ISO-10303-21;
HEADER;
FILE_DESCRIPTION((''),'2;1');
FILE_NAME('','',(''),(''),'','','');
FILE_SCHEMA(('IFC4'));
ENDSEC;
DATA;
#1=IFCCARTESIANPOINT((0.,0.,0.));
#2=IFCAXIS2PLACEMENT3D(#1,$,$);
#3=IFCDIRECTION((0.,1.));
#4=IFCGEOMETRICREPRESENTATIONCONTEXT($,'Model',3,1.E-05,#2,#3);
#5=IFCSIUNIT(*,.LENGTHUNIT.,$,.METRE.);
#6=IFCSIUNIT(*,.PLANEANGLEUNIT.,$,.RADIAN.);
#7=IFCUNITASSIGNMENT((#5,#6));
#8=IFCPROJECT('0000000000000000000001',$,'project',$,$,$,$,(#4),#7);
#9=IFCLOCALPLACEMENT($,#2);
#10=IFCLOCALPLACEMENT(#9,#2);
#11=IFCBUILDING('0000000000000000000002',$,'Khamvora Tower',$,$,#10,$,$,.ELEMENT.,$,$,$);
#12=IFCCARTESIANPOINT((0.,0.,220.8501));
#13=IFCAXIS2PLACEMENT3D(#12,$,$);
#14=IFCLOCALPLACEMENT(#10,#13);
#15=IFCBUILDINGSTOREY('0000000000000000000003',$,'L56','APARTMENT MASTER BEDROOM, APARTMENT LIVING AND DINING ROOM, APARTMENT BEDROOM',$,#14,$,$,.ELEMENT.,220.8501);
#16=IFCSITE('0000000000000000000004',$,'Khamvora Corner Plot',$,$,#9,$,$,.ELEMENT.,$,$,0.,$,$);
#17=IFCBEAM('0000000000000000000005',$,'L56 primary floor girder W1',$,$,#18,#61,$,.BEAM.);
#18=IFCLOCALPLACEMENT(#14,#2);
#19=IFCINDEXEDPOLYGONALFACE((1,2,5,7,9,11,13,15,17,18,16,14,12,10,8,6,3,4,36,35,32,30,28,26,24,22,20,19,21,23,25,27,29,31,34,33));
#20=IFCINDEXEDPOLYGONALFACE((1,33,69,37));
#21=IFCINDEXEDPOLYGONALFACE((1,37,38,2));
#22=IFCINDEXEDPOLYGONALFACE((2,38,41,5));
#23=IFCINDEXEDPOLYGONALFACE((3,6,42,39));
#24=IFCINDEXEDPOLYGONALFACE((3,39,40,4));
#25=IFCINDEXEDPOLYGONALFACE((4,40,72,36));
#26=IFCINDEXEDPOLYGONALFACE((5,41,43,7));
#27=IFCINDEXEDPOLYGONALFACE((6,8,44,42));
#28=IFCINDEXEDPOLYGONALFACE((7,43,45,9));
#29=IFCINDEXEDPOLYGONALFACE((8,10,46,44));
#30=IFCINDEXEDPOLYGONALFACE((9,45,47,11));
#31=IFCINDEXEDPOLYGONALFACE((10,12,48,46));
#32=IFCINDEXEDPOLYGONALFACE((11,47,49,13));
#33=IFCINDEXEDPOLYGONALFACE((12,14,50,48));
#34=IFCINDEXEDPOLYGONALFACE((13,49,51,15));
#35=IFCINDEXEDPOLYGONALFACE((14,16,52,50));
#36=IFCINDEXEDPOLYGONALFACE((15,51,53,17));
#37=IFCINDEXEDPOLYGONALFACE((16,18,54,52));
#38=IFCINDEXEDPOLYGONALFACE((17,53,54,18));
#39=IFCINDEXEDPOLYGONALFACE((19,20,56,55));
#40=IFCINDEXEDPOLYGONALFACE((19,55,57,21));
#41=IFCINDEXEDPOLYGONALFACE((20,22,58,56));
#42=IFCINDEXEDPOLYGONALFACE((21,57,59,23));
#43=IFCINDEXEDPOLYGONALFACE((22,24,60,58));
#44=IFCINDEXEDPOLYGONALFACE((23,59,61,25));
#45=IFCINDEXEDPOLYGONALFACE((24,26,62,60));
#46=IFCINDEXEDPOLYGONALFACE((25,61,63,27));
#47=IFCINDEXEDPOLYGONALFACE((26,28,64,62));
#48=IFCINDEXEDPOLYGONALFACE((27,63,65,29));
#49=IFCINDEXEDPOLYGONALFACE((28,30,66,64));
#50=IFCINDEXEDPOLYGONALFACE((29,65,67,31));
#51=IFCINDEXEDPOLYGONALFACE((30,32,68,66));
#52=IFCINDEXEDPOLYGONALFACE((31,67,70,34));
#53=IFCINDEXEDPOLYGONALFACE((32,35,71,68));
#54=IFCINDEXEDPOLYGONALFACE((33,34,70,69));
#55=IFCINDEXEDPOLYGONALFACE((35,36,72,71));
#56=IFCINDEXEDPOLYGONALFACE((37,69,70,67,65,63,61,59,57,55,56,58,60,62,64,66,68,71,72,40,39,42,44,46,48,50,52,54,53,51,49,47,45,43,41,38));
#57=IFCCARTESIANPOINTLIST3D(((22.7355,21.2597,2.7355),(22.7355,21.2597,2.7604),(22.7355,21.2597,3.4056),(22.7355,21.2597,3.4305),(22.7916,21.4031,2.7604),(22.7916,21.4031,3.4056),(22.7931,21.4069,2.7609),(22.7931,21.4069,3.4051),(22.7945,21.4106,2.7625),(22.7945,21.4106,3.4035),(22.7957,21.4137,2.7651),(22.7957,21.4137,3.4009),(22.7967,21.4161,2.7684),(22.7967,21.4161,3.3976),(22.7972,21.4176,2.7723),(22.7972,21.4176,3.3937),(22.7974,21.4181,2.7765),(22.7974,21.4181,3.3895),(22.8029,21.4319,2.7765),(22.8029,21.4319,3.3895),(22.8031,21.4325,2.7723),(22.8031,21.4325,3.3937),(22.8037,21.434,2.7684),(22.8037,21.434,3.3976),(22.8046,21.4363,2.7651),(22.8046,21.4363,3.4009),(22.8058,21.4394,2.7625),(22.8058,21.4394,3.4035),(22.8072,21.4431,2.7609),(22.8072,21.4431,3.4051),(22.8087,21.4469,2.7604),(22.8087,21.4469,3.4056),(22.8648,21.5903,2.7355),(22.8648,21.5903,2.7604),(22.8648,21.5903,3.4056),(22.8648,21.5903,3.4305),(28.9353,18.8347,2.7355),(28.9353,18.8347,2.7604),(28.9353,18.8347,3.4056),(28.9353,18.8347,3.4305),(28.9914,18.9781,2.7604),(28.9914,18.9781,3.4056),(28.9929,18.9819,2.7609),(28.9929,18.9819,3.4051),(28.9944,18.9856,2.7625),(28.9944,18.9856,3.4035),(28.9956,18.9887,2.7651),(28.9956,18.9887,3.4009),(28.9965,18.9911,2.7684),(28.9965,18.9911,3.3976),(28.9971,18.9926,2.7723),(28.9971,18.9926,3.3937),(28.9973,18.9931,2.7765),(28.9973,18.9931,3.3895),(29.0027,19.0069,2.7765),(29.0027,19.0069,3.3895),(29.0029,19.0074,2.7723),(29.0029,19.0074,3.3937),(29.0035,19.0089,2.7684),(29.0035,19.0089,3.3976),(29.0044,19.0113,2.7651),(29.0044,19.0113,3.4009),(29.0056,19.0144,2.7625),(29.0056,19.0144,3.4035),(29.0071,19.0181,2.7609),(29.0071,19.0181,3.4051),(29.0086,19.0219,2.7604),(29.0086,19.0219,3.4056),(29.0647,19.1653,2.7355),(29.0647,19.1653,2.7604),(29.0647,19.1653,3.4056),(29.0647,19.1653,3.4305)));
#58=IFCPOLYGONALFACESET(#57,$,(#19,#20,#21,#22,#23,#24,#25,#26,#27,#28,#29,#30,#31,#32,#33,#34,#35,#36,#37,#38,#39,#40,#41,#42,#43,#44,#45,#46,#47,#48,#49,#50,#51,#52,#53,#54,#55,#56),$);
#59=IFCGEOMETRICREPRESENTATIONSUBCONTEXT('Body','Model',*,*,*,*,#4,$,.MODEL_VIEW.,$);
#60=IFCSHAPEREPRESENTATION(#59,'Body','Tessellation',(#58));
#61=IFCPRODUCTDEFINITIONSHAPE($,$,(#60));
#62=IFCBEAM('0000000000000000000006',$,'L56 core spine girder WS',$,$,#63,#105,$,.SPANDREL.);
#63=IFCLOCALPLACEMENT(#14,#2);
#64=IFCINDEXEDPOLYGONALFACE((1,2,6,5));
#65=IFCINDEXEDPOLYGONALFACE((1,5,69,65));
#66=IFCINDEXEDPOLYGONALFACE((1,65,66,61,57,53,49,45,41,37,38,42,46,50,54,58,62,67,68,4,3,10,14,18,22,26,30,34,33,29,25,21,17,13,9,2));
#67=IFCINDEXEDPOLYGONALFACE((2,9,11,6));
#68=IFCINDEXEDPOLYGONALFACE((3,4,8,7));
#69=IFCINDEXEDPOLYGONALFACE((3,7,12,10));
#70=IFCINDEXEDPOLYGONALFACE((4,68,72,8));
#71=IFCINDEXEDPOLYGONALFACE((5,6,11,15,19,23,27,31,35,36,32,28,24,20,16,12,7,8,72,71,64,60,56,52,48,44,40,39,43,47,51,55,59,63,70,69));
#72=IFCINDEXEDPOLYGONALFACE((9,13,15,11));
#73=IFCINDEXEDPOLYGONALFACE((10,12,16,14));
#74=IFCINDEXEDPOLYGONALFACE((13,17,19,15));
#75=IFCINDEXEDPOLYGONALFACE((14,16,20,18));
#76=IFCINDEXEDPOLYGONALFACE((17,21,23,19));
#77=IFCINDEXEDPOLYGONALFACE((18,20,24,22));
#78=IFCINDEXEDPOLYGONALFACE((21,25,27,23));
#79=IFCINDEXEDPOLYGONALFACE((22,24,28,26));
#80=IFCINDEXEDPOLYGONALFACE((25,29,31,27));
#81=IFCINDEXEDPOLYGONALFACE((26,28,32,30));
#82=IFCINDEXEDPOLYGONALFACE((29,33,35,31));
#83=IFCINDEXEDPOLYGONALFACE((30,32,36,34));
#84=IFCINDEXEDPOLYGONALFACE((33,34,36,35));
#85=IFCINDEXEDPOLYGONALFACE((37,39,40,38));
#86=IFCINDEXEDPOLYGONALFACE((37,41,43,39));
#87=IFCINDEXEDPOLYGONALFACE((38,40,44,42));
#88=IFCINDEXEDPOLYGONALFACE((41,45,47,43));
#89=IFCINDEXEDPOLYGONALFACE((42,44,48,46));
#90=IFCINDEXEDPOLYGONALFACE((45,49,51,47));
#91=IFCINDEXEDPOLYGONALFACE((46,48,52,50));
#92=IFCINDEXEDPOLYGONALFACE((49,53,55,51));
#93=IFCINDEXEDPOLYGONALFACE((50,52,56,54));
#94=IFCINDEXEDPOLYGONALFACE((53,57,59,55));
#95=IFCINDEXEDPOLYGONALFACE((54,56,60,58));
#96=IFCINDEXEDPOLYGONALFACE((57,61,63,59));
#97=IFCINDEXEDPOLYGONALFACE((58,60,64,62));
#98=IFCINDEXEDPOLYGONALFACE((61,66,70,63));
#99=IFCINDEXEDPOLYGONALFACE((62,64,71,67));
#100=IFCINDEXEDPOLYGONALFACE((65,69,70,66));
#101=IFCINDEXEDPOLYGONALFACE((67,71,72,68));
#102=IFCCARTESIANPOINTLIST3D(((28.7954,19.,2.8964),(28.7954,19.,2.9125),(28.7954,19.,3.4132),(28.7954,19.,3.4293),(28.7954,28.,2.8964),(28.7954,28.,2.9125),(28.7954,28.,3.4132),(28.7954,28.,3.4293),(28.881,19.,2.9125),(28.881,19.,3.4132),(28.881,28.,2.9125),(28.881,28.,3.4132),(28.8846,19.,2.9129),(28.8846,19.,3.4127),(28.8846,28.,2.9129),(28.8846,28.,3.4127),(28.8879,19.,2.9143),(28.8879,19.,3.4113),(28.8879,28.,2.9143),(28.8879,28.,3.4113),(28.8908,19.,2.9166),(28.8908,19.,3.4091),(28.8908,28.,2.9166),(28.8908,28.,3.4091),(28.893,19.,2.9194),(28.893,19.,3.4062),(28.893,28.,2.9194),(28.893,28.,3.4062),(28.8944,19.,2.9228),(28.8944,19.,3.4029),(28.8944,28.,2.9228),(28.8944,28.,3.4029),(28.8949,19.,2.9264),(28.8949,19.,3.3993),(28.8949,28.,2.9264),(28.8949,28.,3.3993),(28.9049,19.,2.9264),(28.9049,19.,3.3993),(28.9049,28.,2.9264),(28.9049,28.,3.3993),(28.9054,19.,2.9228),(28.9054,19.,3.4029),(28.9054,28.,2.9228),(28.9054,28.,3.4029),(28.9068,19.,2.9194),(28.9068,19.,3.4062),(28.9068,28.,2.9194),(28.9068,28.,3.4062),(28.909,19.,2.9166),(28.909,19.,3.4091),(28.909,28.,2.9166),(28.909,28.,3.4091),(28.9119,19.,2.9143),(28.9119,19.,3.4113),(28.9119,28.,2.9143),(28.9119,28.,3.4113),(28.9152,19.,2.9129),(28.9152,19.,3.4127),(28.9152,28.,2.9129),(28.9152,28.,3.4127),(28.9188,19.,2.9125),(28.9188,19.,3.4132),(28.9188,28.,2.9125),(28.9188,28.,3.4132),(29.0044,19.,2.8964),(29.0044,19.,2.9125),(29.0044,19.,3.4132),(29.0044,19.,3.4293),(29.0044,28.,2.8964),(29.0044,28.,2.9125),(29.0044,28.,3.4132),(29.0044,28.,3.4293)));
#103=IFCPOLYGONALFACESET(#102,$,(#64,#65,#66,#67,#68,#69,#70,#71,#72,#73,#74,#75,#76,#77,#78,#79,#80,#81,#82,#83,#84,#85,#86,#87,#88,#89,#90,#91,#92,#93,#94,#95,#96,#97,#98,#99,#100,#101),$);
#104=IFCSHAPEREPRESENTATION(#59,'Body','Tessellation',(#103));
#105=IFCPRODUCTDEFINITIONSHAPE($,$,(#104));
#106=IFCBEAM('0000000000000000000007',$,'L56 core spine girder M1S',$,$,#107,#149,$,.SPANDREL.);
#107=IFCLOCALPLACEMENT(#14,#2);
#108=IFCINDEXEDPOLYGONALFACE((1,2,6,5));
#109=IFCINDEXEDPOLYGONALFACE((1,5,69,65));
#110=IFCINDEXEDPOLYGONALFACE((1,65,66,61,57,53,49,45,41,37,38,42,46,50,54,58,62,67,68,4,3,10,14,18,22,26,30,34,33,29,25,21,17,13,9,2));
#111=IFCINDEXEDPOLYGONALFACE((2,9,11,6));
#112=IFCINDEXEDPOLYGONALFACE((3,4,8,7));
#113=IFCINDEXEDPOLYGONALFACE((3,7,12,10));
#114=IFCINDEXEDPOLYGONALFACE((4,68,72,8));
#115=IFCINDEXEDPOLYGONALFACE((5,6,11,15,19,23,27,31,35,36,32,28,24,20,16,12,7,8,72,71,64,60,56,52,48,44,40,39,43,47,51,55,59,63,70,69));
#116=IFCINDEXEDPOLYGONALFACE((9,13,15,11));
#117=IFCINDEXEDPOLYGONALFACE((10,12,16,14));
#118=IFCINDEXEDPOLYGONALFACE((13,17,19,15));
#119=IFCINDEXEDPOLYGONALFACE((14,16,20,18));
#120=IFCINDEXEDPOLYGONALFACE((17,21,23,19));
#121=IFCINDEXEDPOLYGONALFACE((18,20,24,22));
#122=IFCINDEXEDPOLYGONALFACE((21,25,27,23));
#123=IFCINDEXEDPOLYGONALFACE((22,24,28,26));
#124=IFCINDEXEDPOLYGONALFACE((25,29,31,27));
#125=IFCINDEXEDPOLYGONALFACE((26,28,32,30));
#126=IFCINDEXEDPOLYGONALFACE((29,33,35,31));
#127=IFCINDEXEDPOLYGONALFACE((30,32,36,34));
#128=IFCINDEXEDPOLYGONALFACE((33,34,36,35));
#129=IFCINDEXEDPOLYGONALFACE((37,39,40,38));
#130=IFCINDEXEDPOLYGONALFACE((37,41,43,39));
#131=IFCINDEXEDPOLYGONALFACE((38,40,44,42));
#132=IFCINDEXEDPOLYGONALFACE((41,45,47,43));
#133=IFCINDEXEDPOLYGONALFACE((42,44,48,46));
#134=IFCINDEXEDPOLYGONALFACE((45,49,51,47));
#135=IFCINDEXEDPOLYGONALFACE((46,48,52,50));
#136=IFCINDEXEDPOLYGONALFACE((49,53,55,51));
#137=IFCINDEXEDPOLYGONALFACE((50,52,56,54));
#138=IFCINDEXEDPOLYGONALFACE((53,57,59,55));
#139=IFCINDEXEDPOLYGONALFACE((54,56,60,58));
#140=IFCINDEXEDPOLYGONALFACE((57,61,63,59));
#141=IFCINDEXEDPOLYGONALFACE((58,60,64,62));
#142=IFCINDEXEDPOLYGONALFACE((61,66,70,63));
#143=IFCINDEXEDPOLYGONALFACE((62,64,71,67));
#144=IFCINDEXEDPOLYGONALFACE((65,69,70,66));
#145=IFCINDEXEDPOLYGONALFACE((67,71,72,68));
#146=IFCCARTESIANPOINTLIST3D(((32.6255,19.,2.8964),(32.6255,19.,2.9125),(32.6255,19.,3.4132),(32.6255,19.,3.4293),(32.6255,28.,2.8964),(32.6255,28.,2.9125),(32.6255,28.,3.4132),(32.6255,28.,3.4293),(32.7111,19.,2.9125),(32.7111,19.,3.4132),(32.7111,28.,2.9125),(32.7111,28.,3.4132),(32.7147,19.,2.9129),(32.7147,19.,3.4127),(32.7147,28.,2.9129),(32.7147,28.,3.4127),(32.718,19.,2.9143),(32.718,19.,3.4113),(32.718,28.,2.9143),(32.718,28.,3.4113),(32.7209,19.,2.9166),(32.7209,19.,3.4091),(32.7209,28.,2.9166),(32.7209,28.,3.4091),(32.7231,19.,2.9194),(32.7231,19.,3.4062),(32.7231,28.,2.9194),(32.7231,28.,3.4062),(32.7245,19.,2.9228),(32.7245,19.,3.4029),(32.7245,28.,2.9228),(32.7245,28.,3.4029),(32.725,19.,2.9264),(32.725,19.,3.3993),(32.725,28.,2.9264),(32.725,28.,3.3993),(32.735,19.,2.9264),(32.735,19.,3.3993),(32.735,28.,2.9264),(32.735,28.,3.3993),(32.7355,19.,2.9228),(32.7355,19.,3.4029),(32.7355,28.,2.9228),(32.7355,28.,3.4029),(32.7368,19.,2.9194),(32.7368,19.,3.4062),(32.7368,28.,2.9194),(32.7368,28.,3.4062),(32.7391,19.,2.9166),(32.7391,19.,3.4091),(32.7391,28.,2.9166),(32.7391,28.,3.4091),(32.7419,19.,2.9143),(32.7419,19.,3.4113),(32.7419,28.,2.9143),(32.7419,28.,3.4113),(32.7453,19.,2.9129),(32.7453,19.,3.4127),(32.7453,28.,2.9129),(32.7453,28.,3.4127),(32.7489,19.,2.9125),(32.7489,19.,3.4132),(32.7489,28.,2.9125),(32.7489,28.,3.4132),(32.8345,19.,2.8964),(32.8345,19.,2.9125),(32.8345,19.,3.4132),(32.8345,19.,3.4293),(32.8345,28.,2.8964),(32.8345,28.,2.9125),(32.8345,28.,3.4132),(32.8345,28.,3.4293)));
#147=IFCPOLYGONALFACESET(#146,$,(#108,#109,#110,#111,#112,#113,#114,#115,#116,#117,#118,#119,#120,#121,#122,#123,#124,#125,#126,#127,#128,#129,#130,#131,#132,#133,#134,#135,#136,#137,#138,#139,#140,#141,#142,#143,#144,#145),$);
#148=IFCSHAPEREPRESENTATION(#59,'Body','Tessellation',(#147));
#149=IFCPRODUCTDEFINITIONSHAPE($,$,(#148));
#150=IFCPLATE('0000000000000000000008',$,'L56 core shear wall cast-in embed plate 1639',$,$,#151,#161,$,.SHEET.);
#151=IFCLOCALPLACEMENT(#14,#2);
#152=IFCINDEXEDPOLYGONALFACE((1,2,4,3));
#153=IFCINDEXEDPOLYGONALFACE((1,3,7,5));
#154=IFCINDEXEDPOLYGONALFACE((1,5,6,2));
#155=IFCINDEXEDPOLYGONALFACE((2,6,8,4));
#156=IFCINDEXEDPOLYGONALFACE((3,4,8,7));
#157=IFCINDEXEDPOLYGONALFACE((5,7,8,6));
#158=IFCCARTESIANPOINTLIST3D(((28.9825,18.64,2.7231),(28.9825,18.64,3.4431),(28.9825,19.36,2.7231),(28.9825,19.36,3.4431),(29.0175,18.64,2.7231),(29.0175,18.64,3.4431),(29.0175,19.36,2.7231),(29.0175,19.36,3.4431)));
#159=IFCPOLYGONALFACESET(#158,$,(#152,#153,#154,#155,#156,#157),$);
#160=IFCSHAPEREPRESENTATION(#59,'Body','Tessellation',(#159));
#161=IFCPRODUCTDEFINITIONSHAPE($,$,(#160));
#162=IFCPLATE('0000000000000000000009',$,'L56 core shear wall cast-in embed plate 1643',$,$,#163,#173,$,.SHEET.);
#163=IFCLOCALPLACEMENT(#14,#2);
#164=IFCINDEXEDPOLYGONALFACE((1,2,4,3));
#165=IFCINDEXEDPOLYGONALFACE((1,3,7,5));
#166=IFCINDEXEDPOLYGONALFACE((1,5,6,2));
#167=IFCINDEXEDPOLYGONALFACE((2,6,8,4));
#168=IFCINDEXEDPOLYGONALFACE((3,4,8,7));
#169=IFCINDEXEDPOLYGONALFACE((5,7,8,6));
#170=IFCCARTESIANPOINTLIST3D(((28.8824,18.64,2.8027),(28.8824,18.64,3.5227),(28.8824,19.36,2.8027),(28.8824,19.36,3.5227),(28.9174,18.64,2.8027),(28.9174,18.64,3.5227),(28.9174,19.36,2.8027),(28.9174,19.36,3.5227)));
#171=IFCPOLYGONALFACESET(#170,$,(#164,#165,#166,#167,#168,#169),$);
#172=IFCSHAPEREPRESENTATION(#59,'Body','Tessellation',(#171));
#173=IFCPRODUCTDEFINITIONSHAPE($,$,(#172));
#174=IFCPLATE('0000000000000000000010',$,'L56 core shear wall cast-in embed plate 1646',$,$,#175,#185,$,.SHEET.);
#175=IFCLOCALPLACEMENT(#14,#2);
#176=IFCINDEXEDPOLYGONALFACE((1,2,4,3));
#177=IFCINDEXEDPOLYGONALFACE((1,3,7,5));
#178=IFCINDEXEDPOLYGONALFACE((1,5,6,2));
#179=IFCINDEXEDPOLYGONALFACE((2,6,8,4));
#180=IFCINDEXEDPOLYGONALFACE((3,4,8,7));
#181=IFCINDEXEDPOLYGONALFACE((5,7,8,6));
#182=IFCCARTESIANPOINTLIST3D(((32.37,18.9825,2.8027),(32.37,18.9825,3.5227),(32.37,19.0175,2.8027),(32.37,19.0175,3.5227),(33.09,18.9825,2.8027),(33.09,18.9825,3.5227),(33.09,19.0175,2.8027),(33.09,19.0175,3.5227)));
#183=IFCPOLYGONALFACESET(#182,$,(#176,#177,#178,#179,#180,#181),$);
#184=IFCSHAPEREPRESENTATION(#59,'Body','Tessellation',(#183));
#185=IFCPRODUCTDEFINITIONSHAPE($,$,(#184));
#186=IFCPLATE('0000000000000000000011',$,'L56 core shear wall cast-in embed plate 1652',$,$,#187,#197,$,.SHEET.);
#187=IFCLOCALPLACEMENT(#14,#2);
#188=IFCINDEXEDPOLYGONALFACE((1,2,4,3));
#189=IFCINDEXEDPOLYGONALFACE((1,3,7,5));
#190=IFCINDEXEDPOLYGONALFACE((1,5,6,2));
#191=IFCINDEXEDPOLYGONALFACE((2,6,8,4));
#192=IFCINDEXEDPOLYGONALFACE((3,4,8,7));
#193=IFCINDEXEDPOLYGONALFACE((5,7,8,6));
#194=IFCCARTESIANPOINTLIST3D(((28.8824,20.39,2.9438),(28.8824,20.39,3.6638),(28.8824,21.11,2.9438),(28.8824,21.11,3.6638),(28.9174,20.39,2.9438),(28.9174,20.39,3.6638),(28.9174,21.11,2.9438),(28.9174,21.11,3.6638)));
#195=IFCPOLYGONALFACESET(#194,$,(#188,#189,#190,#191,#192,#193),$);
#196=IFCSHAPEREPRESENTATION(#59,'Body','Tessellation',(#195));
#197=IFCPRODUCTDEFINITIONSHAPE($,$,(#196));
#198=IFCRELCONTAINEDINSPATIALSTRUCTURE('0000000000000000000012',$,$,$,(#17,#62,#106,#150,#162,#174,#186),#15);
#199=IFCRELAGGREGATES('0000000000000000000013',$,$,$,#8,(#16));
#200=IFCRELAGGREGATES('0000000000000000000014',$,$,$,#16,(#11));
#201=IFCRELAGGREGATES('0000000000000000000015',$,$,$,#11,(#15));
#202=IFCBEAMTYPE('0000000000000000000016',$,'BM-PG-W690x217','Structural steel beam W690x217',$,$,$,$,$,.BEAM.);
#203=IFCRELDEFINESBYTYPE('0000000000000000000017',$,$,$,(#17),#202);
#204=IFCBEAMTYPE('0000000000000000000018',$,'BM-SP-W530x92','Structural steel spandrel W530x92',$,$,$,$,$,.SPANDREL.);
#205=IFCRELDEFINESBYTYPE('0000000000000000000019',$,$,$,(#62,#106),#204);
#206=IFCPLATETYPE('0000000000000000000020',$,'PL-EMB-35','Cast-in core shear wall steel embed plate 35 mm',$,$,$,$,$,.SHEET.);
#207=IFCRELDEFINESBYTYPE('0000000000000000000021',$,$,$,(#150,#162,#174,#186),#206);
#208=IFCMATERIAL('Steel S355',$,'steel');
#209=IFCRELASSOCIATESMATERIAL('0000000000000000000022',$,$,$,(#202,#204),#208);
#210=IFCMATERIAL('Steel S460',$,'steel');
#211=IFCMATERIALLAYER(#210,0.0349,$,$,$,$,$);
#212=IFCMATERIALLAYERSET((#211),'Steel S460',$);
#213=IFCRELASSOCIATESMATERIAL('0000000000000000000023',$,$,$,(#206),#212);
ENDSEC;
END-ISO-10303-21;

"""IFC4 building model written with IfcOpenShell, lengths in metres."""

from ifc_helpers import new_model, si_unit, direction, frame, origin, origin_2d, place, context, subcontext, project, spatial, rectangle, i_section, extrude, material, layer, layer_set, material_profile, profile_set, type_object, element, save


model = new_model("IFC4")

# Units and contexts
model_context = context("Model", 3, precision=1e-05, world=origin(), true_north=direction((0.0, 1.0)))
body_context = subcontext(model_context, "Body", "Model", "MODEL_VIEW")
ifc_project = project(units=[si_unit("LENGTHUNIT", "METRE"), si_unit("PLANEANGLEUNIT", "RADIAN")], contexts=[model_context])

# Site, building, storey
site_placement = place(None, origin())
site = spatial("IfcSite", under=ifc_project, at=site_placement, Name="Khamvora Corner Plot", CompositionType="ELEMENT", RefElevation=0.0)
building_placement = place(site_placement, origin())
building = spatial("IfcBuilding", under=site, at=building_placement, Name="Khamvora Tower", CompositionType="ELEMENT")
storey_placement = place(building_placement, frame((0.0, 0.0, 220.8501)))
storey = spatial("IfcBuildingStorey", under=building, at=storey_placement, Name="L56", Description="APARTMENT MASTER BEDROOM, APARTMENT LIVING AND DINING ROOM, APARTMENT BEDROOM", CompositionType="ELEMENT", Elevation=220.8501)

# Shared definitions
ifc_material_1 = material(Name="Steel S460", Category="steel")

# Beams
ifc_material_2 = material(Name="Steel S355", Category="steel")
ifc_material_profile_1 = material_profile(ifc_material_2, i_section(OverallWidth=0.355, OverallDepth=0.6951, WebThickness=0.0149, FlangeThickness=0.0249, FilletRadius=0.0161, at=origin_2d()), Name="W690x217")
ifc_profile_set_1 = profile_set([ifc_material_profile_1], Name="Steel S355")
beam_type_1 = type_object("IfcBeamType", Name="BM-PG-W690x217", Description="Structural steel beam W690x217", PredefinedType="BEAM", material=ifc_profile_set_1)
beam_1_placement = place(storey_placement, frame((29.0, 19.0, 3.083), z_axis=(-0.931295, 0.364267, 0.0), x_axis=(-0.364267, -0.931295, 0.0)))
element("IfcBeam", 1, at=beam_1_placement, inside=storey, type_object=beam_type_1, Name="L56 primary floor girder W1", PredefinedType="BEAM", context=body_context, shape_type="SweptSolid", body=[
    extrude(i_section(OverallWidth=0.355, OverallDepth=0.6951, WebThickness=0.0149, FlangeThickness=0.0249, FilletRadius=0.0161, at=origin_2d()), origin(), (0.0, 0.0, 1.0), 6.6572),
])
ifc_material_profile_2 = material_profile(ifc_material_2, i_section(OverallWidth=0.209, OverallDepth=0.533, WebThickness=0.01, FlangeThickness=0.0161, FilletRadius=0.0139, at=origin_2d()), Name="W530x92")
ifc_profile_set_2 = profile_set([ifc_material_profile_2], Name="Steel S355")
beam_type_2 = type_object("IfcBeamType", Name="BM-SP-W530x92", Description="Structural steel spandrel W530x92", PredefinedType="SPANDREL", material=ifc_profile_set_2)
for number, where, z_axis, x_axis, name in (
    (2, (28.8999, 19.0, 3.1628), (0.0, 1.0, 0.0), (-1.0, 0.0, 0.0), "L56 core spine girder WS"),
    (3, (32.73, 19.0, 3.1628), (0.0, 1.0, 0.0), (-1.0, 0.0, 0.0), "L56 core spine girder M1S"),
):
    element("IfcBeam", number, at=place(storey_placement, frame(where, z_axis=z_axis, x_axis=x_axis)), inside=storey, type_object=beam_type_2, Name=name, PredefinedType="SPANDREL", context=body_context, shape_type="SweptSolid", body=[
        extrude(i_section(OverallWidth=0.209, OverallDepth=0.533, WebThickness=0.01, FlangeThickness=0.0161, FilletRadius=0.0139, at=origin_2d()), origin(), (0.0, 0.0, 1.0), 9.0),
    ])

# Plates
ifc_layer_1 = layer(ifc_material_1, 0.0349)
ifc_layer_set_1 = layer_set([ifc_layer_1], Name="Steel S460")
plate_type = type_object("IfcPlateType", Name="PL-EMB-35", Description="Cast-in core shear wall steel embed plate 35 mm", PredefinedType="SHEET", material=ifc_layer_set_1)
for number, where, z_axis, x_axis, name in (
    (4, (29.0, 19.0, 2.7231), (0.0, 0.0, 1.0), (1.0, 0.0, 0.0), "L56 core shear wall cast-in embed plate 1639"),
    (5, (28.8999, 19.0, 2.8027), (0.0, 0.0, 1.0), (1.0, 0.0, 0.0), "L56 core shear wall cast-in embed plate 1643"),
):
    element("IfcPlate", number, at=place(storey_placement, frame(where, z_axis=z_axis, x_axis=x_axis)), inside=storey, type_object=plate_type, Name=name, PredefinedType="SHEET", context=body_context, shape_type="SweptSolid", body=[
        extrude(rectangle(XDim=0.0349, YDim=0.72, at=origin_2d()), origin(), (0.0, 0.0, 1.0), 0.72),
    ])
plate_1_placement = place(storey_placement, frame((32.73, 19.0, 2.8027), z_axis=(0.0, 0.0, 1.0), x_axis=(1.0, 0.0, 0.0)))
element("IfcPlate", 6, at=plate_1_placement, inside=storey, type_object=plate_type, Name="L56 core shear wall cast-in embed plate 1646", PredefinedType="SHEET", context=body_context, shape_type="SweptSolid", body=[
    extrude(rectangle(XDim=0.72, YDim=0.0349, at=origin_2d()), origin(), (0.0, 0.0, 1.0), 0.72),
])
plate_2_placement = place(storey_placement, frame((28.8999, 20.75, 2.9438), z_axis=(0.0, 0.0, 1.0), x_axis=(1.0, 0.0, 0.0)))
element("IfcPlate", 7, at=plate_2_placement, inside=storey, type_object=plate_type, Name="L56 core shear wall cast-in embed plate 1652", PredefinedType="SHEET", context=body_context, shape_type="SweptSolid", body=[
    extrude(rectangle(XDim=0.0349, YDim=0.72, at=origin_2d()), origin(), (0.0, 0.0, 1.0), 0.72),
])

save(model, "model.ifc")
